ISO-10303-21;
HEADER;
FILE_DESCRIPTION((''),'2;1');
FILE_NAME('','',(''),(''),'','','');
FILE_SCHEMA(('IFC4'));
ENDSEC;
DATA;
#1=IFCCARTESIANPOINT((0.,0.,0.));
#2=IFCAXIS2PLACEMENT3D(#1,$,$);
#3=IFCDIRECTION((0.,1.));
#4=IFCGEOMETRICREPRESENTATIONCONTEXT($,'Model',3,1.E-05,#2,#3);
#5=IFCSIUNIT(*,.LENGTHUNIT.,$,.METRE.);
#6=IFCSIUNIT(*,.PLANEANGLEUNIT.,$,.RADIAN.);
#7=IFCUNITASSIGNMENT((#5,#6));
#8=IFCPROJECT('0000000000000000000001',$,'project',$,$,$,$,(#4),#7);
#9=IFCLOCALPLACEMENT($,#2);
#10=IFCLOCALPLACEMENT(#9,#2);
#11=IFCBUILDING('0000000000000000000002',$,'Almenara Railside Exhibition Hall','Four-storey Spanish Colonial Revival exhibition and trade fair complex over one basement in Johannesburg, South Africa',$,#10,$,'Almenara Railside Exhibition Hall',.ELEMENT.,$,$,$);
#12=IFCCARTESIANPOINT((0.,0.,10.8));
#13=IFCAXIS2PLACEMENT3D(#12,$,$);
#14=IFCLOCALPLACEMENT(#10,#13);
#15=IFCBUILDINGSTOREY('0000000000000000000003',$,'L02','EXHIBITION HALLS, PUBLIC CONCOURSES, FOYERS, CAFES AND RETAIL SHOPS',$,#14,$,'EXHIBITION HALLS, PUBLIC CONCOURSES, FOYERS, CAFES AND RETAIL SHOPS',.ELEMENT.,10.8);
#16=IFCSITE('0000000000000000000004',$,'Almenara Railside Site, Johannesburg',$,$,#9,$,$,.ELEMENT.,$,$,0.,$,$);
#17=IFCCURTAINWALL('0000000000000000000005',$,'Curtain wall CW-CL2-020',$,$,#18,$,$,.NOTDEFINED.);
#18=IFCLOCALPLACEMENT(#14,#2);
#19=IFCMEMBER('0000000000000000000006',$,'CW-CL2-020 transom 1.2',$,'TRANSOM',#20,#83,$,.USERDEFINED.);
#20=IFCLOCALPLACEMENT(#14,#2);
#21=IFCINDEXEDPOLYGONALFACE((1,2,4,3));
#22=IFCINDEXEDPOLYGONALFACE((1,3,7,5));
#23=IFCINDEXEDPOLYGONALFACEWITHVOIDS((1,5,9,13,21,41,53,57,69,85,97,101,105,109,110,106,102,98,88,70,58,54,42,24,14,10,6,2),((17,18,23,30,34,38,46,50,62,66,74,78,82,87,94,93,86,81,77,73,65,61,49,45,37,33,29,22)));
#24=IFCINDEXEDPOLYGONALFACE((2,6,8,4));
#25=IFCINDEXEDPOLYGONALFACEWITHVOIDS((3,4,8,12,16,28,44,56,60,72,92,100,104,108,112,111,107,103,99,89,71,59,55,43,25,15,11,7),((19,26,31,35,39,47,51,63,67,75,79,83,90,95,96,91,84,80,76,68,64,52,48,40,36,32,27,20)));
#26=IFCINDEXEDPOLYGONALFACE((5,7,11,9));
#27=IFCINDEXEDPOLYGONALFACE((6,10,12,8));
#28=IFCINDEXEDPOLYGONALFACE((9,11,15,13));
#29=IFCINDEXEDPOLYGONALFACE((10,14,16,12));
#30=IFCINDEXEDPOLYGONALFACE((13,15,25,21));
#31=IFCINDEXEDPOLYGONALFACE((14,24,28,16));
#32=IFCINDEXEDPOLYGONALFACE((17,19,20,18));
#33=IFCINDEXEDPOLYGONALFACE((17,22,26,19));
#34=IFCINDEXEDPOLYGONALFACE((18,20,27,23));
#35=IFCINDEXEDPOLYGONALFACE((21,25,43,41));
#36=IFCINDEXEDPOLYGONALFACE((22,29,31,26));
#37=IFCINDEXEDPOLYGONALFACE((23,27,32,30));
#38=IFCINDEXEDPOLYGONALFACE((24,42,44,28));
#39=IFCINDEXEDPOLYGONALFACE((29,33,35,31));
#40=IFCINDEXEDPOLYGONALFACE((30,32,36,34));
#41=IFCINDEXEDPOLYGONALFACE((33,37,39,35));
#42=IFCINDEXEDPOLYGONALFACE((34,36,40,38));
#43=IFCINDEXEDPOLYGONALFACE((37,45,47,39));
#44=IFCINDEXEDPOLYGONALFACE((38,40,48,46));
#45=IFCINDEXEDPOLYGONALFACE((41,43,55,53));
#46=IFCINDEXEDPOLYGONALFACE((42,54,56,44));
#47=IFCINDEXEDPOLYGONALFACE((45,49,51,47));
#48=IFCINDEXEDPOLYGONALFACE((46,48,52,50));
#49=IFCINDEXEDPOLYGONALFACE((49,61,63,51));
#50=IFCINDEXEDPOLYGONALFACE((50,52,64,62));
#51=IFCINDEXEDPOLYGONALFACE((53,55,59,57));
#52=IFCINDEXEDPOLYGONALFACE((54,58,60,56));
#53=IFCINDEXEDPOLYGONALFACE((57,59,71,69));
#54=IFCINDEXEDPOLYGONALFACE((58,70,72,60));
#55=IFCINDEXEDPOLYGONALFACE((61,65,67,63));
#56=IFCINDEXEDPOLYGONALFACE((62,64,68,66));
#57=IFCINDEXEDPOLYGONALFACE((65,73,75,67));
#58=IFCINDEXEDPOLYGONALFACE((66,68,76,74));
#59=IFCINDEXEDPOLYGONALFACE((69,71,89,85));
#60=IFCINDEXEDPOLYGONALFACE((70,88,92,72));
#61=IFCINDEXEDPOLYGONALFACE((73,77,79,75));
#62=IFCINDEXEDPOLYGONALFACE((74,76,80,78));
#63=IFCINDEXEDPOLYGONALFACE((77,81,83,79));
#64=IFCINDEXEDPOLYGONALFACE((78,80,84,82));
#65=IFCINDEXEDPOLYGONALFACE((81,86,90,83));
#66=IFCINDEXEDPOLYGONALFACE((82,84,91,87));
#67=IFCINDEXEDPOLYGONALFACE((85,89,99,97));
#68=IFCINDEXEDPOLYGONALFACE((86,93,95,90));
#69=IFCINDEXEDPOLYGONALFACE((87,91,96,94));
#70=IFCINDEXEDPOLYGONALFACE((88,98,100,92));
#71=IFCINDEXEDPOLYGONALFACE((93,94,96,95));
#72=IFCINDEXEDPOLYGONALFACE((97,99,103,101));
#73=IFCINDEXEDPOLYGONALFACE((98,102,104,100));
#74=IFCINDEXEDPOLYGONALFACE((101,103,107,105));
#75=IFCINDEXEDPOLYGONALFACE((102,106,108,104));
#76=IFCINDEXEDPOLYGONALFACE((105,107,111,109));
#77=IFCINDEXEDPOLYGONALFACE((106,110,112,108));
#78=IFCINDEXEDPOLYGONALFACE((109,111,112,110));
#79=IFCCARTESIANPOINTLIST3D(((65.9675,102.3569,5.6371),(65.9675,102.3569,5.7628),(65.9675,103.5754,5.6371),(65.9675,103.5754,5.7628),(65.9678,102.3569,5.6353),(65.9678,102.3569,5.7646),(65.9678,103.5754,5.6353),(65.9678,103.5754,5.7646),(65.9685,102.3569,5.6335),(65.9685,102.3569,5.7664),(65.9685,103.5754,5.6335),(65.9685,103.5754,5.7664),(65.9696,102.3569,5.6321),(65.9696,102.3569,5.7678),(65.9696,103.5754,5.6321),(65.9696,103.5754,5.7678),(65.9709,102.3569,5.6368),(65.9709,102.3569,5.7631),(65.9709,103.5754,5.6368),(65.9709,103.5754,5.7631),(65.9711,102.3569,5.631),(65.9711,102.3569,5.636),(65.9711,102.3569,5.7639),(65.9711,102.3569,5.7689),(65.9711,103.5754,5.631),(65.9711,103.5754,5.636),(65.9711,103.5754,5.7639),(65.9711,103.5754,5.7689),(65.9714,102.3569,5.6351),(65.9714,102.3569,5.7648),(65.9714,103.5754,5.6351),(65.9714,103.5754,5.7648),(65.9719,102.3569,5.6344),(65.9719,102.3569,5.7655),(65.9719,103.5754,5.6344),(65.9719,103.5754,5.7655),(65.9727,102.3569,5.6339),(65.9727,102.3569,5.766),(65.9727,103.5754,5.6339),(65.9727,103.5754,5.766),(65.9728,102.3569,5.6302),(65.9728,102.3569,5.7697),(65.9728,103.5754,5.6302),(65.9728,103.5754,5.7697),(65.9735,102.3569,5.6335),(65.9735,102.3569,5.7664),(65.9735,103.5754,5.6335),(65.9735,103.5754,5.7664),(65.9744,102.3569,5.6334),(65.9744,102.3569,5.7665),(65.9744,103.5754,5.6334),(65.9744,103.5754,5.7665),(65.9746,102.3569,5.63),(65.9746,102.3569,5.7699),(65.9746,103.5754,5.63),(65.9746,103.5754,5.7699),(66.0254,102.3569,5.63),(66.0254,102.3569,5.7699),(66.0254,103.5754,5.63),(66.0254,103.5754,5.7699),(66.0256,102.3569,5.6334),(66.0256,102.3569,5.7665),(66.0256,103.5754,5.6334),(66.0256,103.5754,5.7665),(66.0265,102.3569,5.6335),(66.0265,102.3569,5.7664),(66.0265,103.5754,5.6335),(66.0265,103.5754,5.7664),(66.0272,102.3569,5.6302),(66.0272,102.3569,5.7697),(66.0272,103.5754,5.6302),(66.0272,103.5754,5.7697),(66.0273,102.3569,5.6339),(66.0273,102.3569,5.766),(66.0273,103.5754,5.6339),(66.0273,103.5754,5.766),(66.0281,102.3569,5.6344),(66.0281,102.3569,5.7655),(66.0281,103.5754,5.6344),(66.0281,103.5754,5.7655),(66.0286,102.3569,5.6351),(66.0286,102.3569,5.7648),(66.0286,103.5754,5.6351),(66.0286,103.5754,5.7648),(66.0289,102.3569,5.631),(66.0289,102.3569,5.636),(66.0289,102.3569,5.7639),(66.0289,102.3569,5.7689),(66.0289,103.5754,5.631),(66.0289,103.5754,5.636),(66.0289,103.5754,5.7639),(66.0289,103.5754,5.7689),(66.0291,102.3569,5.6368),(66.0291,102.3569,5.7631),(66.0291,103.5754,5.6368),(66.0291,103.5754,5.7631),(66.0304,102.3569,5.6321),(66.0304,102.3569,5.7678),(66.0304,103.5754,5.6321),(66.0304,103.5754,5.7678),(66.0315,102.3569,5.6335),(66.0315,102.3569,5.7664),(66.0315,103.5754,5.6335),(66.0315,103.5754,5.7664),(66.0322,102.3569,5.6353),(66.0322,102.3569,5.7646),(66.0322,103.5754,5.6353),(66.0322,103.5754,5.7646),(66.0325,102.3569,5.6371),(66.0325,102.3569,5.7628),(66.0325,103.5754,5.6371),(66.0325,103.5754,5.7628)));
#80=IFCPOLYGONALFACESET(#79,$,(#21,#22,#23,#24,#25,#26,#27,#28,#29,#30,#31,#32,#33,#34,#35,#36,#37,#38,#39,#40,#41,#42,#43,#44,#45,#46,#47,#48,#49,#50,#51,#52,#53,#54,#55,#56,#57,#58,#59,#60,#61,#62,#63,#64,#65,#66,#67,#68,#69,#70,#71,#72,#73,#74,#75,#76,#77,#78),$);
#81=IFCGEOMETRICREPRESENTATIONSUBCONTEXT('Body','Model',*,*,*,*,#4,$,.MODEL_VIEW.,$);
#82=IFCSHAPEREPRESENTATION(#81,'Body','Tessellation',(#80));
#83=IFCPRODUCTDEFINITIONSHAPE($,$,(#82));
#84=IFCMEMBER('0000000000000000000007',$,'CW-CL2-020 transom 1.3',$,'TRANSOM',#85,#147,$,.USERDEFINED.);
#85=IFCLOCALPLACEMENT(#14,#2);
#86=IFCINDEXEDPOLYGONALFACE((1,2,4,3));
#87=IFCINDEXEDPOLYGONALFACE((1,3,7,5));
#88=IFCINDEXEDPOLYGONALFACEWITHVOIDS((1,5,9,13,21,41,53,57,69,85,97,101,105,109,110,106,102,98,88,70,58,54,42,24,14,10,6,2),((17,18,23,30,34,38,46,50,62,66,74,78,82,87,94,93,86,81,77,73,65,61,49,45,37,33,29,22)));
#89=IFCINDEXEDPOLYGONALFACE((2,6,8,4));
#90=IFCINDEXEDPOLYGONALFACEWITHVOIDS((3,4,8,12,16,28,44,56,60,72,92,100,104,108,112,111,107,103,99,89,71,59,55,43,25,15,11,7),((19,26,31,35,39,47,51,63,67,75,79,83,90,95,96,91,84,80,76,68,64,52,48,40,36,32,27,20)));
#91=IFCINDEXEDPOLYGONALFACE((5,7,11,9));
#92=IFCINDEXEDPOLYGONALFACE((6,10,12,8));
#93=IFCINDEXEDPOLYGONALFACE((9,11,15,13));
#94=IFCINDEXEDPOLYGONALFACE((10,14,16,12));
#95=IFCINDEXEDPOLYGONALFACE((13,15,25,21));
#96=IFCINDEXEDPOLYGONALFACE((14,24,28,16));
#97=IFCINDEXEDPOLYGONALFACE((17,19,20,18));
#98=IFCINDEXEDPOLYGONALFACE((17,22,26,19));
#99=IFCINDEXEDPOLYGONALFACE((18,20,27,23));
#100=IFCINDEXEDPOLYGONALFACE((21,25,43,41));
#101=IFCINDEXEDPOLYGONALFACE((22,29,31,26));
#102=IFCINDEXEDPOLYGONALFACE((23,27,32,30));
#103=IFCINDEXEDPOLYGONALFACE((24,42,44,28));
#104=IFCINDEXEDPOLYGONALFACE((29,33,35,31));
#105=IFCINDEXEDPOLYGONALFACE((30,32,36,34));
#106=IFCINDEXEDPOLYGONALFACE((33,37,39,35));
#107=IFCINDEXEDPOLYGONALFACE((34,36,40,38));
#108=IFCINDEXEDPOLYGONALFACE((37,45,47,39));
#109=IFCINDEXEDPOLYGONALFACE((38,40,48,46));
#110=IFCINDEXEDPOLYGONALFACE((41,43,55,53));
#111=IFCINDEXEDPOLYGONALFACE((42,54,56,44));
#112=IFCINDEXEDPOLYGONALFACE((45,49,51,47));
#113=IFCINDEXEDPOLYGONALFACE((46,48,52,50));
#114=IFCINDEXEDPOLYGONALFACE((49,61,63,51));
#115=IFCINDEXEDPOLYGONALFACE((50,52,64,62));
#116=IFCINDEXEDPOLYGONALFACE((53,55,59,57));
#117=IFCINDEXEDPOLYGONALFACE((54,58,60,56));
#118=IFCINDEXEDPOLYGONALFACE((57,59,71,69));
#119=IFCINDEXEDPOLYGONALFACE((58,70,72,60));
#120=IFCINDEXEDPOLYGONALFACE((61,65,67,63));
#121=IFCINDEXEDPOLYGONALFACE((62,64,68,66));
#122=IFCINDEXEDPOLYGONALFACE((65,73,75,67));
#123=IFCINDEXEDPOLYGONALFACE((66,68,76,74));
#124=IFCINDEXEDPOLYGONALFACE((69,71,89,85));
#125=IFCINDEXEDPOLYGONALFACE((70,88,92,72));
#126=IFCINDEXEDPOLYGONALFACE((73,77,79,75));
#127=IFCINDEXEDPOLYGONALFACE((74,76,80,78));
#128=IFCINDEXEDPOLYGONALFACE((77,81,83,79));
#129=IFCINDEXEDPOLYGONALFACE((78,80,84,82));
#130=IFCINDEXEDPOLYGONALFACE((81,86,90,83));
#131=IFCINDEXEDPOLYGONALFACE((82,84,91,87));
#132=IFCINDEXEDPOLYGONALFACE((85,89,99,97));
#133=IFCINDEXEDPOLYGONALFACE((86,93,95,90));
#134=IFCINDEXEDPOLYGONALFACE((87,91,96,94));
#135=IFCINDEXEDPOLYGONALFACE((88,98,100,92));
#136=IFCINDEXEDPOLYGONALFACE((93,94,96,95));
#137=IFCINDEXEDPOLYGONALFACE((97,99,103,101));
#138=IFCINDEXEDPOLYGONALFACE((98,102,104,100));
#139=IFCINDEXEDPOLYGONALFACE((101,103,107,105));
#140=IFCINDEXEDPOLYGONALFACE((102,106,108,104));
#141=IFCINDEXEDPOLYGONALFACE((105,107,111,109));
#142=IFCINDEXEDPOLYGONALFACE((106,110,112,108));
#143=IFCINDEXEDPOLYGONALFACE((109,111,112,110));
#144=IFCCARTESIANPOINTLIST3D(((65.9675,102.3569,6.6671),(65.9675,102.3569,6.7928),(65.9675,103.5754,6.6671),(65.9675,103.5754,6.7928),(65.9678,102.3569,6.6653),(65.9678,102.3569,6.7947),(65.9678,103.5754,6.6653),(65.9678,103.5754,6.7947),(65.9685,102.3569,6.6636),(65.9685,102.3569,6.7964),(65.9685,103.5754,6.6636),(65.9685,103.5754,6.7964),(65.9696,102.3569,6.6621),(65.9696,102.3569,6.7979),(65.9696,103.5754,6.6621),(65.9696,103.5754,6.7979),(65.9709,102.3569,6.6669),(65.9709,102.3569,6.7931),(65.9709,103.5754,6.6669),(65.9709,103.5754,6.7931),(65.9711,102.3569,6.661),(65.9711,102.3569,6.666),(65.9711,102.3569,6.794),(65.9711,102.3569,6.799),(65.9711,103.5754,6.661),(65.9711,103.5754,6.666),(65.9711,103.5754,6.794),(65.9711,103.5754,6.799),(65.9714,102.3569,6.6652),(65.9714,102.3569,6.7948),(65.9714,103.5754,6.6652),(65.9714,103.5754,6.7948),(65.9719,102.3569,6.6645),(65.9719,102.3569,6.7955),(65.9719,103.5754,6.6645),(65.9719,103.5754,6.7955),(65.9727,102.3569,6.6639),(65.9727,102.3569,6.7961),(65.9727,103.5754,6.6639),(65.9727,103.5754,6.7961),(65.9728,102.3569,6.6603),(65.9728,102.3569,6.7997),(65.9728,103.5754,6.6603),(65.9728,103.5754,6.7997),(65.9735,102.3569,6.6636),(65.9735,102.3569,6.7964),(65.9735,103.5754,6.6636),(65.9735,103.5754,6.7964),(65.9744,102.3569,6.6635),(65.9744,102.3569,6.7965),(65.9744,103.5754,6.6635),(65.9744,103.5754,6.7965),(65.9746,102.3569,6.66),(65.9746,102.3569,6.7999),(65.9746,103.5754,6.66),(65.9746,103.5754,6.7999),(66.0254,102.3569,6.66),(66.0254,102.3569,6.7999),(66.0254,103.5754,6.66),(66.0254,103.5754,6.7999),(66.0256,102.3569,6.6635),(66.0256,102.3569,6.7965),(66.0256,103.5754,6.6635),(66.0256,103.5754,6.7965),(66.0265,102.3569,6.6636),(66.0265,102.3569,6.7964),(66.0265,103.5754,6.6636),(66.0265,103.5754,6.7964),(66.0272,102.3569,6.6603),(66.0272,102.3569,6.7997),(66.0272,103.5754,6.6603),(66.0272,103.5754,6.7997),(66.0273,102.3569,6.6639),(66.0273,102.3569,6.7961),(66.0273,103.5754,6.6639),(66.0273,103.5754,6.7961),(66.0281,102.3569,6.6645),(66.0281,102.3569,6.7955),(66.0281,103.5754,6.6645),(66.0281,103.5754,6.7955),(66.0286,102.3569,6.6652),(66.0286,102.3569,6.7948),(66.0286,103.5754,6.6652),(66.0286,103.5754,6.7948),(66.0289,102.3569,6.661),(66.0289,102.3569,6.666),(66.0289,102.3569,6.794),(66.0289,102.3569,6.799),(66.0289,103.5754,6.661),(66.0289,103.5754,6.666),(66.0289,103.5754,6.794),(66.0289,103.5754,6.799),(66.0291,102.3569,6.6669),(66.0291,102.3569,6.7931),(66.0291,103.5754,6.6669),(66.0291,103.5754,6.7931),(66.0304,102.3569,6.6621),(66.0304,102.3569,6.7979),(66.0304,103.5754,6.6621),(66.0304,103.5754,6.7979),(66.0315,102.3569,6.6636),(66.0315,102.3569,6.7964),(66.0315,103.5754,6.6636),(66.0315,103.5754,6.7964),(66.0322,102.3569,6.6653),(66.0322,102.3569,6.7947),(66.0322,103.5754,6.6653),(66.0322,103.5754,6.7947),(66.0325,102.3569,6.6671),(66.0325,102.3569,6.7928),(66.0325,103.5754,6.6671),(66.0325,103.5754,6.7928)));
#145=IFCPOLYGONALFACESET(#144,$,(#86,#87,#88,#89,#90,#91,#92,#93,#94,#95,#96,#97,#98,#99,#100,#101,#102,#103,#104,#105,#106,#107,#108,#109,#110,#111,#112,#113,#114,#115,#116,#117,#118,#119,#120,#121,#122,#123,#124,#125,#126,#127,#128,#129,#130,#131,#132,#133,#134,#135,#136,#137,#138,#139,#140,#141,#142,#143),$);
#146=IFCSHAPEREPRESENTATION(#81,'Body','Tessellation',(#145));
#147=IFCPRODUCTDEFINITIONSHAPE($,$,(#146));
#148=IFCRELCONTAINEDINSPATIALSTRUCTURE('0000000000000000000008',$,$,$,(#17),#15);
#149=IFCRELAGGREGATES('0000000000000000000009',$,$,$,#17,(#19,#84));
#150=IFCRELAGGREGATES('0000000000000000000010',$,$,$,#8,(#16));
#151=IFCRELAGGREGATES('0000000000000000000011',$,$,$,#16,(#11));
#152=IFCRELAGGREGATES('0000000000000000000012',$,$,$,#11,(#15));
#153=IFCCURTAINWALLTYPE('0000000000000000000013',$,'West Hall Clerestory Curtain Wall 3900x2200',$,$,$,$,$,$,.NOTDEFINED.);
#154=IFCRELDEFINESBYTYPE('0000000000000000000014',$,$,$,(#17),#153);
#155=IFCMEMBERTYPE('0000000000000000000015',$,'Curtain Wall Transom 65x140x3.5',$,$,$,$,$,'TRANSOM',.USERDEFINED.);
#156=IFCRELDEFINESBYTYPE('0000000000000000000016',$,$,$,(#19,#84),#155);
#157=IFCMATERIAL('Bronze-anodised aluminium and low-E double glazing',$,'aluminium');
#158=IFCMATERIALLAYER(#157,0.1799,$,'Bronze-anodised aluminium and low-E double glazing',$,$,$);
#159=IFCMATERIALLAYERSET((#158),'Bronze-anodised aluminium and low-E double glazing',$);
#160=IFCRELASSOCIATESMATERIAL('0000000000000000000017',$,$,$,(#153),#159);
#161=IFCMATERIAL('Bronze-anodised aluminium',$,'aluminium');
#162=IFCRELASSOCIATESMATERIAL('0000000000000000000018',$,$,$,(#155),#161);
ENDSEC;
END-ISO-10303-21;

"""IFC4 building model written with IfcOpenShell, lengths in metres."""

from ifc_helpers import new_model, si_unit, direction, frame, origin, origin_2d, place, context, subcontext, project, spatial, hollow_rectangle, extrude, material, layer, layer_set, material_profile, profile_set, type_object, element, aggregate, save


model = new_model("IFC4")

# Units and contexts
model_context = context("Model", 3, precision=1e-05, world=origin(), true_north=direction((0.0, 1.0)))
body_context = subcontext(model_context, "Body", "Model", "MODEL_VIEW")
ifc_project = project(units=[si_unit("LENGTHUNIT", "METRE"), si_unit("PLANEANGLEUNIT", "RADIAN")], contexts=[model_context])

# Site, building, storey
site_placement = place(None, origin())
site = spatial("IfcSite", under=ifc_project, at=site_placement, Name="Almenara Railside Site, Johannesburg", CompositionType="ELEMENT", RefElevation=0.0)
building_placement = place(site_placement, origin())
building = spatial("IfcBuilding", under=site, at=building_placement, Name="Almenara Railside Exhibition Hall", Description="Four-storey Spanish Colonial Revival exhibition and trade fair complex over one basement in Johannesburg, South Africa", LongName="Almenara Railside Exhibition Hall", CompositionType="ELEMENT")
storey_placement = place(building_placement, frame((0.0, 0.0, 10.8)))
storey = spatial("IfcBuildingStorey", under=building, at=storey_placement, Name="L02", Description="EXHIBITION HALLS, PUBLIC CONCOURSES, FOYERS, CAFES AND RETAIL SHOPS", LongName="EXHIBITION HALLS, PUBLIC CONCOURSES, FOYERS, CAFES AND RETAIL SHOPS", CompositionType="ELEMENT", Elevation=10.8)

# Curtain wall
ifc_material_1 = material(Name="Bronze-anodised aluminium and low-E double glazing", Category="aluminium")
ifc_layer_1 = layer(ifc_material_1, 0.1799, Name="Bronze-anodised aluminium and low-E double glazing")
ifc_layer_set_1 = layer_set([ifc_layer_1], Name="Bronze-anodised aluminium and low-E double glazing")
curtain_wall_type = type_object("IfcCurtainWallType", Name="West Hall Clerestory Curtain Wall 3900x2200", PredefinedType="NOTDEFINED", material=ifc_layer_set_1)
curtain_wall_1_placement = place(storey_placement, origin())
curtain_wall_1 = element("IfcCurtainWall", 1, at=curtain_wall_1_placement, inside=storey, type_object=curtain_wall_type, Name="Curtain wall CW-CL2-020", PredefinedType="NOTDEFINED")
ifc_material_2 = material(Name="Bronze-anodised aluminium", Category="aluminium")

# Members
ifc_material_profile_1 = material_profile(ifc_material_2, hollow_rectangle(XDim=0.0649, YDim=0.1399, WallThickness=0.0034, InnerFilletRadius=0.0034, OuterFilletRadius=0.0071, at=origin_2d()), Name="ALU-TRN 65x140x3.5")
ifc_profile_set_1 = profile_set([ifc_material_profile_1], Name="Bronze-anodised aluminium")
member_type_1 = type_object("IfcMemberType", Name="Curtain Wall Transom 65x140x3.5", ElementType="TRANSOM", PredefinedType="USERDEFINED", material=ifc_profile_set_1)
member_1_placement = place(storey_placement, frame((66.0, 102.3569, 5.7), z_axis=(0.0, 1.0, 0.0), x_axis=(-1.0, 0.0, 0.0)))
member_1 = element("IfcMember", 2, at=member_1_placement, type_object=member_type_1, Name="CW-CL2-020 transom 1.2", ObjectType="TRANSOM", PredefinedType="USERDEFINED", context=body_context, shape_type="SweptSolid", body=[
    extrude(hollow_rectangle(XDim=0.0649, YDim=0.1399, WallThickness=0.0034, InnerFilletRadius=0.0034, OuterFilletRadius=0.0071, at=origin_2d()), origin(), (0.0, 0.0, 1.0), 1.2185),
])
member_2_placement = place(storey_placement, frame((66.0, 102.3569, 6.73), z_axis=(0.0, 1.0, 0.0), x_axis=(-1.0, 0.0, 0.0)))
member_2 = element("IfcMember", 3, at=member_2_placement, type_object=member_type_1, Name="CW-CL2-020 transom 1.3", ObjectType="TRANSOM", PredefinedType="USERDEFINED", context=body_context, shape_type="SweptSolid", body=[
    extrude(hollow_rectangle(XDim=0.0649, YDim=0.1399, WallThickness=0.0034, InnerFilletRadius=0.0034, OuterFilletRadius=0.0071, at=origin_2d()), origin(), (0.0, 0.0, 1.0), 1.2185),
])

aggregate(curtain_wall_1, [member_1, member_2])

save(model, "model.ifc")
